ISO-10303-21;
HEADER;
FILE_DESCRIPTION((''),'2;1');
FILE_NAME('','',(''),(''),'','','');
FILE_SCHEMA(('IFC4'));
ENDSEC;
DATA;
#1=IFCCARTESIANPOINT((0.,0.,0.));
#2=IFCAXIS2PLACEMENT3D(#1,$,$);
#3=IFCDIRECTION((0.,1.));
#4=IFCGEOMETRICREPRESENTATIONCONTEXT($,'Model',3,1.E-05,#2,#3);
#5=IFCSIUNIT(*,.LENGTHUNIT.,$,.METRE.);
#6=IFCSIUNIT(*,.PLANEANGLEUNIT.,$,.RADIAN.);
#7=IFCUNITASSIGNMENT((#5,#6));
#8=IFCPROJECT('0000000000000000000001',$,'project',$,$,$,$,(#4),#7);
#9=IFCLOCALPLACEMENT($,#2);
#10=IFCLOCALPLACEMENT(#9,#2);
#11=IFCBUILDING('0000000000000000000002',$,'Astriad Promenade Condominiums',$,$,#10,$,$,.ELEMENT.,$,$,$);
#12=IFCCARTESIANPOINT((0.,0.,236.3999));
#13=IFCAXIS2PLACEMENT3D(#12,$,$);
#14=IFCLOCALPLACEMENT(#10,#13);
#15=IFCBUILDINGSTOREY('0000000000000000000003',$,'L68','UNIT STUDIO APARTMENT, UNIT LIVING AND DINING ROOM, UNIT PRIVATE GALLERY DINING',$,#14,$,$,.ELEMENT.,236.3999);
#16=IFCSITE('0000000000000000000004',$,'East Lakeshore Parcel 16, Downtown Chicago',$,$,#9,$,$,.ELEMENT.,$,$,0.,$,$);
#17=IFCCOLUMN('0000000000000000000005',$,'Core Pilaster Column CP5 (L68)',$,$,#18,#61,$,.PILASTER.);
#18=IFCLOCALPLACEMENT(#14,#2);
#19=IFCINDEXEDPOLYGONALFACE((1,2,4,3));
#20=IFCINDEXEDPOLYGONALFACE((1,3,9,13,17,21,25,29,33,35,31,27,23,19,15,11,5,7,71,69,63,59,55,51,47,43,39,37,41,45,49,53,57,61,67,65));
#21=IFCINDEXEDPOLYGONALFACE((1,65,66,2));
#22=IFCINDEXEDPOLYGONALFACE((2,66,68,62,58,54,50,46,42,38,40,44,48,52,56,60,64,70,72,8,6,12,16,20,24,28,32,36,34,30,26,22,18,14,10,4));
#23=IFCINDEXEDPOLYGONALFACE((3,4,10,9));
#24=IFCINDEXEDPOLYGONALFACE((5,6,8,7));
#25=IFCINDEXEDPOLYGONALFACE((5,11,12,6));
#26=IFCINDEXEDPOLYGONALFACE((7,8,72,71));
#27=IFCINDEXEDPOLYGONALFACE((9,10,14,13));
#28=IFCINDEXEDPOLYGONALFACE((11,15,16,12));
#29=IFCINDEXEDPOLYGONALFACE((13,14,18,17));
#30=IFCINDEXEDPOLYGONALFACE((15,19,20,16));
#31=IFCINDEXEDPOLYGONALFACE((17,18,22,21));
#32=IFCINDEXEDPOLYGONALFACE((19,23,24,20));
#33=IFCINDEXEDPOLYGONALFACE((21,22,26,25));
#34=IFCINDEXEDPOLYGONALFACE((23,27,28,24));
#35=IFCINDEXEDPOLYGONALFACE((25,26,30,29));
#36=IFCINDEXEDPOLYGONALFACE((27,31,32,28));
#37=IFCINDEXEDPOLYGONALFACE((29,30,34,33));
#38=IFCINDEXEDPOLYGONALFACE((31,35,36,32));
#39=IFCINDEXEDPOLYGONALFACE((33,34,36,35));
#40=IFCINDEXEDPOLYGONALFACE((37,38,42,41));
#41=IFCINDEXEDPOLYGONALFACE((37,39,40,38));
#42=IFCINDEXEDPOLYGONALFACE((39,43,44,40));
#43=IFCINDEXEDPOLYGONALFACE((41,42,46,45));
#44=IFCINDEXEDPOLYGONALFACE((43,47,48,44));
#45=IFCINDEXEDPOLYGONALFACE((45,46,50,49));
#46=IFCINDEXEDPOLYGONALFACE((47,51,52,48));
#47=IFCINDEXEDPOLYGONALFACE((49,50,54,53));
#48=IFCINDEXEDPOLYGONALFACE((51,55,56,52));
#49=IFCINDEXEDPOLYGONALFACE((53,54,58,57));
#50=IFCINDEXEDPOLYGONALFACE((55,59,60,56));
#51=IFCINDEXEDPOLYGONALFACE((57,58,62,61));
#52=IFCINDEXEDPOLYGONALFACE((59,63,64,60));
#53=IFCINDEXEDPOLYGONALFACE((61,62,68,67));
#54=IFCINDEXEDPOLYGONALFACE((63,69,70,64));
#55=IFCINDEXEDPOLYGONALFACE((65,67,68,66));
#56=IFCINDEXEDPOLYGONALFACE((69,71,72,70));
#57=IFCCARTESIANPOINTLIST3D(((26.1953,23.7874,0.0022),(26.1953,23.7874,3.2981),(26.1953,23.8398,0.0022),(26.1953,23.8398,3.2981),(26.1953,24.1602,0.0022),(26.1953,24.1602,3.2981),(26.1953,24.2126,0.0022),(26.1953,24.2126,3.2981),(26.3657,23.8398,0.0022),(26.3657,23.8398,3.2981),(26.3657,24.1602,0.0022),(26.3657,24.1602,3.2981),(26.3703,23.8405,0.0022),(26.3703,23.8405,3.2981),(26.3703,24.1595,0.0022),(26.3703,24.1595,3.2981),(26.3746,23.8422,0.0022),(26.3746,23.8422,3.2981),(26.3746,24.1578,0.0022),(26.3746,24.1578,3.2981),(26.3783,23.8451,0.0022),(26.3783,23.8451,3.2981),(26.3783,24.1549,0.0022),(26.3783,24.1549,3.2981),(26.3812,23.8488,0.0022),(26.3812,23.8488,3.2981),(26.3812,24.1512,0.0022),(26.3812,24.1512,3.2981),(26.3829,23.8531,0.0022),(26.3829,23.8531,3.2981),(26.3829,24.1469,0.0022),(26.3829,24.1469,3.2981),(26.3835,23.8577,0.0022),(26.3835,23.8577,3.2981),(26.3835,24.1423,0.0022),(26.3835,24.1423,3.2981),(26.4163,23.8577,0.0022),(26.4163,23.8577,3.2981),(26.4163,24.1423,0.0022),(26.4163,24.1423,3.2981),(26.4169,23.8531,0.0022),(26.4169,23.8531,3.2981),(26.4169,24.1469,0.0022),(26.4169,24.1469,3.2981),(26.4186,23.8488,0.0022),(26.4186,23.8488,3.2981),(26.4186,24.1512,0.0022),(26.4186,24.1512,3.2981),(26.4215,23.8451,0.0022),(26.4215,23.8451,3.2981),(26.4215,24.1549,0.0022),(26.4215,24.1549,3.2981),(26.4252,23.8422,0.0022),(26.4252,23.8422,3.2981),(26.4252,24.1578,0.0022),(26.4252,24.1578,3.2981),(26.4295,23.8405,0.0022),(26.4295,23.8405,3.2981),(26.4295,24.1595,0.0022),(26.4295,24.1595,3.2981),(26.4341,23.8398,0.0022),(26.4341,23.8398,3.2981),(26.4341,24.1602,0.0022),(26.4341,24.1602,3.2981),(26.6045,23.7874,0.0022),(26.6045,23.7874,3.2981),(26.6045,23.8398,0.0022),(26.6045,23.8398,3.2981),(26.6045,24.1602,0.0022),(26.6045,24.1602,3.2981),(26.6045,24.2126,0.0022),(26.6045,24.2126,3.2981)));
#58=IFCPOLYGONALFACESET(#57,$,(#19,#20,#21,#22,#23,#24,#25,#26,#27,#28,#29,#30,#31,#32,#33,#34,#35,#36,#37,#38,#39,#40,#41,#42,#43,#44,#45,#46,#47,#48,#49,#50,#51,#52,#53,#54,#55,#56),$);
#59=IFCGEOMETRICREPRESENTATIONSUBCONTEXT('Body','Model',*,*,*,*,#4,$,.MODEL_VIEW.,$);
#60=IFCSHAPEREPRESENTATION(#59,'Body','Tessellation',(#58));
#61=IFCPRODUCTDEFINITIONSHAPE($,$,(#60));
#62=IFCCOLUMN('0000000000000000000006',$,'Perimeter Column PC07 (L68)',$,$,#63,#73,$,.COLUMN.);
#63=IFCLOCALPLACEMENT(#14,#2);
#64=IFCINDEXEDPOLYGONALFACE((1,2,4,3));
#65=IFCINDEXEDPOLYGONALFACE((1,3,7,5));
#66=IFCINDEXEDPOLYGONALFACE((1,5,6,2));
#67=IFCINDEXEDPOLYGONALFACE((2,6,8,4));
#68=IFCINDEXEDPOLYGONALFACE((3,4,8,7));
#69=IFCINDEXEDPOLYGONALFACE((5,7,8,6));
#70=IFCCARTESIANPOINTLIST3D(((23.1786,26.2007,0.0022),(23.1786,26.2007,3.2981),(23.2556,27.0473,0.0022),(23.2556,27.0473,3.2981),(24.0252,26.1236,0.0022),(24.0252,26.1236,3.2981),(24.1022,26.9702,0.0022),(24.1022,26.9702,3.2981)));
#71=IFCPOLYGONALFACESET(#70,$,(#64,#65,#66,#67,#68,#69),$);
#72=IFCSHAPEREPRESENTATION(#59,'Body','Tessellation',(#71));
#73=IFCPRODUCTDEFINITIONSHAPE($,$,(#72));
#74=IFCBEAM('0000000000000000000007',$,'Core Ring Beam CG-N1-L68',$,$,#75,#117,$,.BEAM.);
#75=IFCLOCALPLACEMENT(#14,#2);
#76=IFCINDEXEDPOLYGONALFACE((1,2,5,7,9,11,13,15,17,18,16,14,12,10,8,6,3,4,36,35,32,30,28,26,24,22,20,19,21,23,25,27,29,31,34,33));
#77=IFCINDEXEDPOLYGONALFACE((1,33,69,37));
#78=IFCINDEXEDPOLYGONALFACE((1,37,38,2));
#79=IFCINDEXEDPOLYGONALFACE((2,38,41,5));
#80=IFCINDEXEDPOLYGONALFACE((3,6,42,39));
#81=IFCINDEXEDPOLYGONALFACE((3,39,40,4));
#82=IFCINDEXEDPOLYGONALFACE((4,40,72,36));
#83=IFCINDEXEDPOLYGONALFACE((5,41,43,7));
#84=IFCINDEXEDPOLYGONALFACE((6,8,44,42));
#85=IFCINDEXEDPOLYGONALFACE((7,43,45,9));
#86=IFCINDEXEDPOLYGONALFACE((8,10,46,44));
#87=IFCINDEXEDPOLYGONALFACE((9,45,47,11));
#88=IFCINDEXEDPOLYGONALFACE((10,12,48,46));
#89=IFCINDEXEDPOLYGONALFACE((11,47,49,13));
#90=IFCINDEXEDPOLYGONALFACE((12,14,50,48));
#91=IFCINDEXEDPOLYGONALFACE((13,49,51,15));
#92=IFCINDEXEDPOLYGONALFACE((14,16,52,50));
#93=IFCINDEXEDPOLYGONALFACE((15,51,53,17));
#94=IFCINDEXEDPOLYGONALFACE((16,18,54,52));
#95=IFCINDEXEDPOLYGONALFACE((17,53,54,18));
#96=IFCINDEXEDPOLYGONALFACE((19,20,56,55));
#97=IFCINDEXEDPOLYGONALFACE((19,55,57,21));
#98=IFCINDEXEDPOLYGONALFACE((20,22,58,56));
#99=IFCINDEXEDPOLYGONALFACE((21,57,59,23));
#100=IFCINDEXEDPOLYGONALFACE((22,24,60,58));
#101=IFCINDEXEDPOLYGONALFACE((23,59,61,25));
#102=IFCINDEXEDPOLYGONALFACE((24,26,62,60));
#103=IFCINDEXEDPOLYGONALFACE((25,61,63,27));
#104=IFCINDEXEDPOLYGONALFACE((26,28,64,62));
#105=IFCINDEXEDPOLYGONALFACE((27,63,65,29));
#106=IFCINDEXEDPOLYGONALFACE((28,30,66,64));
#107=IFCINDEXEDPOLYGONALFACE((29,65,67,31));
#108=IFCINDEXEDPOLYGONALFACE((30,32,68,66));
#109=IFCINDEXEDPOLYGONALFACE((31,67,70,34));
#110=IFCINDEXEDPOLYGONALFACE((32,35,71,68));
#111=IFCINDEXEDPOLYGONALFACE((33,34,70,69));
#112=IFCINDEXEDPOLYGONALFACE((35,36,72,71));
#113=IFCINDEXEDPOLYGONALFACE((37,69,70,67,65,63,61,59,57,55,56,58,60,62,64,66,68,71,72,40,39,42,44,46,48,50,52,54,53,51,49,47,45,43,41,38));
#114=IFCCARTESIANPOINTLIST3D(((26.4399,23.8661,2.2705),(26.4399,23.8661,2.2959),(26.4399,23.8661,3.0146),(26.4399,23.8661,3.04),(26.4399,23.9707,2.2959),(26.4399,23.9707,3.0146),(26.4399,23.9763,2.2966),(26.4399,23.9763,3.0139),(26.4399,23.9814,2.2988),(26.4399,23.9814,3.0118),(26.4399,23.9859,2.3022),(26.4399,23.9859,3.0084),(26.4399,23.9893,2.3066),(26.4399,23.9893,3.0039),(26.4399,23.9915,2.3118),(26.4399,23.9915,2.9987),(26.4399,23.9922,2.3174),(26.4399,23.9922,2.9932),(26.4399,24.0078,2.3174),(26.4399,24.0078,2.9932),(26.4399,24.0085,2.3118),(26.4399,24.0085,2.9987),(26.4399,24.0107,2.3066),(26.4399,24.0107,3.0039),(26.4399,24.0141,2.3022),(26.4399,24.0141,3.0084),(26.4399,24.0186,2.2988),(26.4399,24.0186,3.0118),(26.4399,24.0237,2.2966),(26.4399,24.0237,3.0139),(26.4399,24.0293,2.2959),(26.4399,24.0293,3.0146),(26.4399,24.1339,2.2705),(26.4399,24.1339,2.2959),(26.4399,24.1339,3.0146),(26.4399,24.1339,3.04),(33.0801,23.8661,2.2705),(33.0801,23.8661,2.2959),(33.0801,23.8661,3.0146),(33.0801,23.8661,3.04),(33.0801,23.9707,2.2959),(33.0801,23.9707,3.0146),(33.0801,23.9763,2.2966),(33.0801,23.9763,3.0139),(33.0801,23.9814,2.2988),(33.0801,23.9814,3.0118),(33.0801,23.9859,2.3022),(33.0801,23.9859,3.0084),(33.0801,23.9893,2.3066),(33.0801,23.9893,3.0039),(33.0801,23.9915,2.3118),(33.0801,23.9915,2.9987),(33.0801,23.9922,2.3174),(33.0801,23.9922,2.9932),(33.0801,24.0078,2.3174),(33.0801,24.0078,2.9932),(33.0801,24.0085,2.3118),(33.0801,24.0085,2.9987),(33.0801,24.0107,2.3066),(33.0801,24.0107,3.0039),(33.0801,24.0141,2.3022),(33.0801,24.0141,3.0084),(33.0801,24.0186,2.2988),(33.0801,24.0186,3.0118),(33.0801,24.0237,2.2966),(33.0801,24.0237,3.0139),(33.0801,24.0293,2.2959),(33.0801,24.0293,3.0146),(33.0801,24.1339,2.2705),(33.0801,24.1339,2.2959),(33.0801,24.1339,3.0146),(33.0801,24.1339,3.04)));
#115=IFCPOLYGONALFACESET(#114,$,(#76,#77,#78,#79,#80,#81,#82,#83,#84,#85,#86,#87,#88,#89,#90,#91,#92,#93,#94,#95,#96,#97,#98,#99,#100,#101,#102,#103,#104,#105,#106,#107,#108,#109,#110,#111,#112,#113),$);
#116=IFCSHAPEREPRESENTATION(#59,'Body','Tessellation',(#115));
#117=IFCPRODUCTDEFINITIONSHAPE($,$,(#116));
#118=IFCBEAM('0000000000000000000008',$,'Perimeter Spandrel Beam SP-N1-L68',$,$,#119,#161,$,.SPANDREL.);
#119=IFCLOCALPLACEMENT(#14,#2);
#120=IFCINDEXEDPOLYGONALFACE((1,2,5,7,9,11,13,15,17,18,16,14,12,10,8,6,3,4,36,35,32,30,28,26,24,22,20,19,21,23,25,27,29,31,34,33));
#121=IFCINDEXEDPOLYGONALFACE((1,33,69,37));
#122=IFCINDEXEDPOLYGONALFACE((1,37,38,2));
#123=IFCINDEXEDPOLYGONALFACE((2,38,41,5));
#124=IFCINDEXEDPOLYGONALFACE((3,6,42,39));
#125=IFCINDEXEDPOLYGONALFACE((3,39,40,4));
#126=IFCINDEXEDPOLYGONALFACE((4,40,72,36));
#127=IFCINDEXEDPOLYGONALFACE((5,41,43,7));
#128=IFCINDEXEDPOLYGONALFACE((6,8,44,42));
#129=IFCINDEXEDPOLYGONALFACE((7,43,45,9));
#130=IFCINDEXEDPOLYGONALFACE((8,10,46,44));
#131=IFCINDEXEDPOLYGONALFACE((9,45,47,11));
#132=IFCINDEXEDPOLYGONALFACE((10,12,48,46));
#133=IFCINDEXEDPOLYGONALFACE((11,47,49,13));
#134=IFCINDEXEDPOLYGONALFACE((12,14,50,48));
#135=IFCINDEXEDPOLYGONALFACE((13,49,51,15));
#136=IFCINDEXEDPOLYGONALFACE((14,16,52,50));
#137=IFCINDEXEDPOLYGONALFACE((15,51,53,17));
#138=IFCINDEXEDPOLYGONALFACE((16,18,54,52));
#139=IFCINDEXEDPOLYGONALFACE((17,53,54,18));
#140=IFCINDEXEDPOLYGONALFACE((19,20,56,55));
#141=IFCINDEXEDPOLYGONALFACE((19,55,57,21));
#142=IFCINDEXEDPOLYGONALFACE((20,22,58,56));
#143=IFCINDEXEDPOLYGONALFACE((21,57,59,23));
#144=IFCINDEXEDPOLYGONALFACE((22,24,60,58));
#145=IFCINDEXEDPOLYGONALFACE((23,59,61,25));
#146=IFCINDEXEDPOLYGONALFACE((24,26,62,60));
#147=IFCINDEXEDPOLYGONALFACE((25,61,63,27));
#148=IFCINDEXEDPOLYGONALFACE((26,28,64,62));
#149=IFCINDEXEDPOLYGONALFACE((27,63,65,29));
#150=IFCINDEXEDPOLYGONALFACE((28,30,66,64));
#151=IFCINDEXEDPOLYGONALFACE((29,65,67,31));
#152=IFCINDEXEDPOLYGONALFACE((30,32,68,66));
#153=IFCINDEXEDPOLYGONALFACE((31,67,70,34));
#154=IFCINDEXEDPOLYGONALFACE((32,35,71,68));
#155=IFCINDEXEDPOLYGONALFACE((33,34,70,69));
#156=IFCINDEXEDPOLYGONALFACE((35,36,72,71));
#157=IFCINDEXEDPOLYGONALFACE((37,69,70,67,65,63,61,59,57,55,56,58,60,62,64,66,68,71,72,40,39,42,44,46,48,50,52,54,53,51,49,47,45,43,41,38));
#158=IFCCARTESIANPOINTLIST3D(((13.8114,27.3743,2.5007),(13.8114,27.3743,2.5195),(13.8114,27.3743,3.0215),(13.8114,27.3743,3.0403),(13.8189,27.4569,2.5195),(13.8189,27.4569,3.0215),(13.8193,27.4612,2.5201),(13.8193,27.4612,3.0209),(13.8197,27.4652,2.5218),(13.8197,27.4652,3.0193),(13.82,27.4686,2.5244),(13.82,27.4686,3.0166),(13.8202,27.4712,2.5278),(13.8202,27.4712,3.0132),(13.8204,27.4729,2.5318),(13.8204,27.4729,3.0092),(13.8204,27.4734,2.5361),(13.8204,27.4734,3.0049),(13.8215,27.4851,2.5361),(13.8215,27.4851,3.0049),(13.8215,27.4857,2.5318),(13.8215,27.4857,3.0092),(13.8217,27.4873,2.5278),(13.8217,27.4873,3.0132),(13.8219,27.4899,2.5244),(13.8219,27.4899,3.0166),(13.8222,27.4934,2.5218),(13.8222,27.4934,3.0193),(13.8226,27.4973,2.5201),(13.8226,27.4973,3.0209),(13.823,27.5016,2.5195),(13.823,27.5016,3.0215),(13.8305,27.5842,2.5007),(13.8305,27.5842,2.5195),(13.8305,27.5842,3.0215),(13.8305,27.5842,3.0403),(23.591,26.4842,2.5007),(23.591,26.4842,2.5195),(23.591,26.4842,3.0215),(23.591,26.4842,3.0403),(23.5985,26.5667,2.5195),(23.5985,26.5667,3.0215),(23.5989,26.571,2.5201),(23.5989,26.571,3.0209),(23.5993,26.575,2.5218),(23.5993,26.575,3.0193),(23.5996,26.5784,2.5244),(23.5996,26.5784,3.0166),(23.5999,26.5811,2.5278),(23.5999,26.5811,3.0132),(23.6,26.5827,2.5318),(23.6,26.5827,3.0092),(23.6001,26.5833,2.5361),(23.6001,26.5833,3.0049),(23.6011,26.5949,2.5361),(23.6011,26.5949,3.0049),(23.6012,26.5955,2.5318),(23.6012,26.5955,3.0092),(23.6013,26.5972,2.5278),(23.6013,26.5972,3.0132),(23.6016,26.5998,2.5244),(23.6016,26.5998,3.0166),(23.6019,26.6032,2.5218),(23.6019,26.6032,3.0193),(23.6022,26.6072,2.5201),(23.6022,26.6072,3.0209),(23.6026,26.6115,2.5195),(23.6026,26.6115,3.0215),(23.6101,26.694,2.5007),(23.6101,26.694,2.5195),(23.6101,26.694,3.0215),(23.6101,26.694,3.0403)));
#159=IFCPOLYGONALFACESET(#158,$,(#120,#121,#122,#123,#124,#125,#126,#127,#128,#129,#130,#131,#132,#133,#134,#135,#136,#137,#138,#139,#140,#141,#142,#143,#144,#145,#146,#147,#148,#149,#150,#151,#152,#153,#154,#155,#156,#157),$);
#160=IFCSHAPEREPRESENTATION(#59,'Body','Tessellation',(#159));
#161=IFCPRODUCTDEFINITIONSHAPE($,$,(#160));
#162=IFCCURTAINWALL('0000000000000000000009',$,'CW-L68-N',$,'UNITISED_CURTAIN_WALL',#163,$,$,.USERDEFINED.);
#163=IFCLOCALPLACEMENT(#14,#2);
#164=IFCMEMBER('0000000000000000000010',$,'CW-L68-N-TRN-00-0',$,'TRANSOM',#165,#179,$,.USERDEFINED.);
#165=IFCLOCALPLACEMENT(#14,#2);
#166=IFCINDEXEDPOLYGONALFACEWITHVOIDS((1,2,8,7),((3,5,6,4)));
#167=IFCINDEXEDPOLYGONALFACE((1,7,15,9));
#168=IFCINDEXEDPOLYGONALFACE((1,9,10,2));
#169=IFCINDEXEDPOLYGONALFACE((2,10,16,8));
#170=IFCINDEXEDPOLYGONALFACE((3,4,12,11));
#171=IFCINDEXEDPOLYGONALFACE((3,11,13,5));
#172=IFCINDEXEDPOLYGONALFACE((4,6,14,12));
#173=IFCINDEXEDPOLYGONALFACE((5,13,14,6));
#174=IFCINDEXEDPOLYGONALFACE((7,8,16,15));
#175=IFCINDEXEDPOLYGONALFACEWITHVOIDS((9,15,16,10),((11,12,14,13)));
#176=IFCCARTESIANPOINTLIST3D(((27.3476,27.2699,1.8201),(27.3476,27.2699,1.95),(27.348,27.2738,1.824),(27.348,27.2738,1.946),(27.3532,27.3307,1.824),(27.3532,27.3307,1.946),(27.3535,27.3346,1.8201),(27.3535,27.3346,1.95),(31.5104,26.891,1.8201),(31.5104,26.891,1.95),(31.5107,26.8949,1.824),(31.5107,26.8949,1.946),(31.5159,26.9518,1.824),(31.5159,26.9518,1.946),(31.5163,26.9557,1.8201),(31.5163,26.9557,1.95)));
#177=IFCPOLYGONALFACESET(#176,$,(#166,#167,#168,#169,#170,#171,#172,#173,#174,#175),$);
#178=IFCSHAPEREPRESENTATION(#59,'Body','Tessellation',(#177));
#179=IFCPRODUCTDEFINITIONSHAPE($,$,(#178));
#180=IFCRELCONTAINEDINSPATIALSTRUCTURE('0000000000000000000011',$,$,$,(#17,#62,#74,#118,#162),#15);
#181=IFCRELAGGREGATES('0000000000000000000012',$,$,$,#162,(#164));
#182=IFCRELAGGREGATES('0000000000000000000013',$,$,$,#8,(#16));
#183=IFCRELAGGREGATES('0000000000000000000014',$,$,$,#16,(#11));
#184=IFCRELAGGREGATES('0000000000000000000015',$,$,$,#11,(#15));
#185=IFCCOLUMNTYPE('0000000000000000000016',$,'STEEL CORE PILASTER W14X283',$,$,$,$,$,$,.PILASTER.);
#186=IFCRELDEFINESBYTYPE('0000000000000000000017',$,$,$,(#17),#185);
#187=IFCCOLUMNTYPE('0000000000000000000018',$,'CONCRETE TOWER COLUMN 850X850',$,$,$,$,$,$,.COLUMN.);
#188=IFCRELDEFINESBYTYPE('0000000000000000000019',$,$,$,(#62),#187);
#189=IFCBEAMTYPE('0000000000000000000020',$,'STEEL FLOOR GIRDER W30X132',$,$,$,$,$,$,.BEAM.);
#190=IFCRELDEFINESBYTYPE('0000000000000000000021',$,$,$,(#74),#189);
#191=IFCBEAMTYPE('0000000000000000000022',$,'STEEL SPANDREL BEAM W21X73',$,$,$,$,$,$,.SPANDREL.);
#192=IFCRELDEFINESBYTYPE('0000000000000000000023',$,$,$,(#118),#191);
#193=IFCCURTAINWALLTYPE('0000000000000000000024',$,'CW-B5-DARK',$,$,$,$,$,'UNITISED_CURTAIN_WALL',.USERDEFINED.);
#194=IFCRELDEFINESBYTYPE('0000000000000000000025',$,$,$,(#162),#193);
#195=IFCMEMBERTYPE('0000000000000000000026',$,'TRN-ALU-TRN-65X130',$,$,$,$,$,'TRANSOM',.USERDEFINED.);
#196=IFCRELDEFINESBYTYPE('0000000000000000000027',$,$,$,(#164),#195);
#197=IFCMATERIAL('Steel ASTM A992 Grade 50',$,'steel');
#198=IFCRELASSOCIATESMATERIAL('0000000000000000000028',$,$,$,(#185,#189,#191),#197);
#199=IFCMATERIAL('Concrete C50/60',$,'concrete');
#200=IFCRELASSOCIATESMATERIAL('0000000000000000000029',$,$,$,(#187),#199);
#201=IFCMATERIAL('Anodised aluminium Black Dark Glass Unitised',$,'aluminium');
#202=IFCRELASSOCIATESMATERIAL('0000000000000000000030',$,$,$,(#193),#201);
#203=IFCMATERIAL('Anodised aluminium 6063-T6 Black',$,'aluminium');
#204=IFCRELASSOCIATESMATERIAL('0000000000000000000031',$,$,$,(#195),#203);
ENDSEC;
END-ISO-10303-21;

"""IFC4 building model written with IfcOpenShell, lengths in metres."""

from ifc_helpers import new_model, si_unit, direction, frame, origin, origin_2d, place, context, subcontext, project, spatial, rectangle, hollow_rectangle, i_section, extrude, source, transform, mapped, material, material_profile, profile_set, type_object, type_shapes, element, aggregate, save


model = new_model("IFC4")

# Units and contexts
model_context = context("Model", 3, precision=1e-05, world=origin(), true_north=direction((0.0, 1.0)))
body_context = subcontext(model_context, "Body", "Model", "MODEL_VIEW")
ifc_project = project(units=[si_unit("LENGTHUNIT", "METRE"), si_unit("PLANEANGLEUNIT", "RADIAN")], contexts=[model_context])

# Site, building, storey
site_placement = place(None, origin())
site = spatial("IfcSite", under=ifc_project, at=site_placement, Name="East Lakeshore Parcel 16, Downtown Chicago", CompositionType="ELEMENT", RefElevation=0.0)
building_placement = place(site_placement, origin())
building = spatial("IfcBuilding", under=site, at=building_placement, Name="Astriad Promenade Condominiums", CompositionType="ELEMENT")
storey_placement = place(building_placement, frame((0.0, 0.0, 236.3999)))
storey = spatial("IfcBuildingStorey", under=building, at=storey_placement, Name="L68", Description="UNIT STUDIO APARTMENT, UNIT LIVING AND DINING ROOM, UNIT PRIVATE GALLERY DINING", CompositionType="ELEMENT", Elevation=236.3999)

# Columns
ifc_material_1 = material(Name="Steel ASTM A992 Grade 50", Category="steel")
ifc_material_profile_1 = material_profile(ifc_material_1, i_section(OverallWidth=0.4092, OverallDepth=0.4253, WebThickness=0.0327, FlangeThickness=0.0525, FilletRadius=0.0178, at=origin_2d()), Name="W14X283")
ifc_profile_set_1 = profile_set([ifc_material_profile_1], Name="Steel ASTM A992 Grade 50")
column_type_1 = type_object("IfcColumnType", Name="STEEL CORE PILASTER W14X283", PredefinedType="PILASTER", material=ifc_profile_set_1)
shared_shape_1 = source(origin(), body_context, "Body", "SweptSolid", [
    extrude(i_section(OverallWidth=0.4092, OverallDepth=0.4253, WebThickness=0.0327, FlangeThickness=0.0525, FilletRadius=0.0178, at=origin_2d()), origin(), (0.0, 0.0, 1.0), 3.2959),
])
type_shapes(column_type_1, [shared_shape_1])
column_1_placement = place(storey_placement, frame((26.3999, 24.0, 0.0022), z_axis=(0.0, 0.0, 1.0), x_axis=(1.0, 0.0, 0.0)))
element("IfcColumn", 1, at=column_1_placement, inside=storey, type_object=column_type_1, Name="Core Pilaster Column CP5 (L68)", PredefinedType="PILASTER", context=body_context, shape_type="MappedRepresentation", body=[
    mapped(shared_shape_1, transform((0.0, 0.0, 0.0), scale=1.0)),
])
ifc_material_2 = material(Name="Concrete C50/60", Category="concrete")
ifc_material_profile_2 = material_profile(ifc_material_2, rectangle(XDim=0.8501, YDim=0.8501, at=origin_2d()), Name="RC-COL-850X850")
ifc_profile_set_2 = profile_set([ifc_material_profile_2], Name="Concrete C50/60")
column_type_2 = type_object("IfcColumnType", Name="CONCRETE TOWER COLUMN 850X850", PredefinedType="COLUMN", material=ifc_profile_set_2)
shared_shape_2 = source(origin(), body_context, "Body", "SweptSolid", [
    extrude(rectangle(XDim=0.8501, YDim=0.8501, at=origin_2d()), origin(), (0.0, 0.0, 1.0), 3.2959),
])
type_shapes(column_type_2, [shared_shape_2])
column_2_placement = place(storey_placement, frame((23.6404, 26.5854, 0.0022), z_axis=(0.0, 0.0, 1.0), x_axis=(0.995884, -0.090633, 0.0)))
element("IfcColumn", 2, at=column_2_placement, inside=storey, type_object=column_type_2, Name="Perimeter Column PC07 (L68)", PredefinedType="COLUMN", context=body_context, shape_type="MappedRepresentation", body=[
    mapped(shared_shape_2, transform((0.0, 0.0, 0.0), scale=1.0)),
])

# Beams
ifc_material_profile_3 = material_profile(ifc_material_1, i_section(OverallWidth=0.2678, OverallDepth=0.7695, WebThickness=0.0156, FlangeThickness=0.0254, FilletRadius=0.0215, at=origin_2d()), Name="W30X132")
ifc_profile_set_3 = profile_set([ifc_material_profile_3], Name="Steel ASTM A992 Grade 50")
beam_type_1 = type_object("IfcBeamType", Name="STEEL FLOOR GIRDER W30X132", PredefinedType="BEAM", material=ifc_profile_set_3)
shared_shape_3 = source(origin(), body_context, "Body", "SweptSolid", [
    extrude(i_section(OverallWidth=0.2678, OverallDepth=0.7695, WebThickness=0.0156, FlangeThickness=0.0254, FilletRadius=0.0215, at=origin_2d()), origin(), (0.0, 0.0, 1.0), 6.6401),
])
type_shapes(beam_type_1, [shared_shape_3])
beam_1_placement = place(storey_placement, frame((26.4399, 24.0, 2.6553), z_axis=(1.0, 0.0, 0.0), x_axis=(0.0, 1.0, 0.0)))
element("IfcBeam", 3, at=beam_1_placement, inside=storey, type_object=beam_type_1, Name="Core Ring Beam CG-N1-L68", PredefinedType="BEAM", context=body_context, shape_type="MappedRepresentation", body=[
    mapped(shared_shape_3, transform((0.0, 0.0, 0.0), scale=1.0)),
])
ifc_material_profile_4 = material_profile(ifc_material_1, i_section(OverallWidth=0.2107, OverallDepth=0.5396, WebThickness=0.0117, FlangeThickness=0.0188, FilletRadius=0.0166, at=origin_2d()), Name="W21X73")
ifc_profile_set_4 = profile_set([ifc_material_profile_4], Name="Steel ASTM A992 Grade 50")
beam_type_2 = type_object("IfcBeamType", Name="STEEL SPANDREL BEAM W21X73", PredefinedType="SPANDREL", material=ifc_profile_set_4)
shared_shape_4 = source(origin(), body_context, "Body", "SweptSolid", [
    extrude(i_section(OverallWidth=0.2107, OverallDepth=0.5396, WebThickness=0.0117, FlangeThickness=0.0188, FilletRadius=0.0166, at=origin_2d()), origin(), (0.0, 0.0, 1.0), 9.8201),
])
type_shapes(beam_type_2, [shared_shape_4])
beam_2_placement = place(storey_placement, frame((23.6006, 26.5891, 2.7705), z_axis=(-0.995883, 0.090646, 0.0), x_axis=(-0.090646, -0.995883, 0.0)))
element("IfcBeam", 4, at=beam_2_placement, inside=storey, type_object=beam_type_2, Name="Perimeter Spandrel Beam SP-N1-L68", PredefinedType="SPANDREL", context=body_context, shape_type="MappedRepresentation", body=[
    mapped(shared_shape_4, transform((0.0, 0.0, 0.0), scale=1.0)),
])

# Curtain wall, member
ifc_material_3 = material(Name="Anodised aluminium Black Dark Glass Unitised", Category="aluminium")
curtain_wall_type = type_object("IfcCurtainWallType", Name="CW-B5-DARK", ElementType="UNITISED_CURTAIN_WALL", PredefinedType="USERDEFINED", material=ifc_material_3)
curtain_wall_placement = place(storey_placement, origin())
curtain_wall = element("IfcCurtainWall", 5, at=curtain_wall_placement, inside=storey, type_object=curtain_wall_type, Name="CW-L68-N", ObjectType="UNITISED_CURTAIN_WALL", PredefinedType="USERDEFINED")
ifc_material_4 = material(Name="Anodised aluminium 6063-T6 Black", Category="aluminium")
ifc_material_profile_5 = material_profile(ifc_material_4, hollow_rectangle(XDim=0.0649, YDim=0.1299, WallThickness=0.0039, at=origin_2d()), Name="ALU-TRN-65X130")
ifc_profile_set_5 = profile_set([ifc_material_profile_5], Name="Anodised aluminium 6063-T6 Black")
member_type_1 = type_object("IfcMemberType", Name="TRN-ALU-TRN-65X130", ElementType="TRANSOM", PredefinedType="USERDEFINED", material=ifc_profile_set_5)
shared_shape_5 = source(origin(), body_context, "Body", "SweptSolid", [
    extrude(hollow_rectangle(XDim=0.0649, YDim=0.1299, WallThickness=0.0039, at=origin_2d()), origin(), (0.0, 0.0, 1.0), 4.1799),
])
type_shapes(member_type_1, [shared_shape_5])
member_1_placement = place(storey_placement, frame((27.3506, 27.3022, 1.885), z_axis=(0.995883, -0.090646, 0.0), x_axis=(0.090646, 0.995883, 0.0)))
member_1 = element("IfcMember", 6, at=member_1_placement, type_object=member_type_1, Name="CW-L68-N-TRN-00-0", ObjectType="TRANSOM", PredefinedType="USERDEFINED", context=body_context, shape_type="MappedRepresentation", body=[
    mapped(shared_shape_5, transform((0.0, 0.0, 0.0), scale=1.0)),
])
aggregate(curtain_wall, [member_1])

save(model, "model.ifc")
